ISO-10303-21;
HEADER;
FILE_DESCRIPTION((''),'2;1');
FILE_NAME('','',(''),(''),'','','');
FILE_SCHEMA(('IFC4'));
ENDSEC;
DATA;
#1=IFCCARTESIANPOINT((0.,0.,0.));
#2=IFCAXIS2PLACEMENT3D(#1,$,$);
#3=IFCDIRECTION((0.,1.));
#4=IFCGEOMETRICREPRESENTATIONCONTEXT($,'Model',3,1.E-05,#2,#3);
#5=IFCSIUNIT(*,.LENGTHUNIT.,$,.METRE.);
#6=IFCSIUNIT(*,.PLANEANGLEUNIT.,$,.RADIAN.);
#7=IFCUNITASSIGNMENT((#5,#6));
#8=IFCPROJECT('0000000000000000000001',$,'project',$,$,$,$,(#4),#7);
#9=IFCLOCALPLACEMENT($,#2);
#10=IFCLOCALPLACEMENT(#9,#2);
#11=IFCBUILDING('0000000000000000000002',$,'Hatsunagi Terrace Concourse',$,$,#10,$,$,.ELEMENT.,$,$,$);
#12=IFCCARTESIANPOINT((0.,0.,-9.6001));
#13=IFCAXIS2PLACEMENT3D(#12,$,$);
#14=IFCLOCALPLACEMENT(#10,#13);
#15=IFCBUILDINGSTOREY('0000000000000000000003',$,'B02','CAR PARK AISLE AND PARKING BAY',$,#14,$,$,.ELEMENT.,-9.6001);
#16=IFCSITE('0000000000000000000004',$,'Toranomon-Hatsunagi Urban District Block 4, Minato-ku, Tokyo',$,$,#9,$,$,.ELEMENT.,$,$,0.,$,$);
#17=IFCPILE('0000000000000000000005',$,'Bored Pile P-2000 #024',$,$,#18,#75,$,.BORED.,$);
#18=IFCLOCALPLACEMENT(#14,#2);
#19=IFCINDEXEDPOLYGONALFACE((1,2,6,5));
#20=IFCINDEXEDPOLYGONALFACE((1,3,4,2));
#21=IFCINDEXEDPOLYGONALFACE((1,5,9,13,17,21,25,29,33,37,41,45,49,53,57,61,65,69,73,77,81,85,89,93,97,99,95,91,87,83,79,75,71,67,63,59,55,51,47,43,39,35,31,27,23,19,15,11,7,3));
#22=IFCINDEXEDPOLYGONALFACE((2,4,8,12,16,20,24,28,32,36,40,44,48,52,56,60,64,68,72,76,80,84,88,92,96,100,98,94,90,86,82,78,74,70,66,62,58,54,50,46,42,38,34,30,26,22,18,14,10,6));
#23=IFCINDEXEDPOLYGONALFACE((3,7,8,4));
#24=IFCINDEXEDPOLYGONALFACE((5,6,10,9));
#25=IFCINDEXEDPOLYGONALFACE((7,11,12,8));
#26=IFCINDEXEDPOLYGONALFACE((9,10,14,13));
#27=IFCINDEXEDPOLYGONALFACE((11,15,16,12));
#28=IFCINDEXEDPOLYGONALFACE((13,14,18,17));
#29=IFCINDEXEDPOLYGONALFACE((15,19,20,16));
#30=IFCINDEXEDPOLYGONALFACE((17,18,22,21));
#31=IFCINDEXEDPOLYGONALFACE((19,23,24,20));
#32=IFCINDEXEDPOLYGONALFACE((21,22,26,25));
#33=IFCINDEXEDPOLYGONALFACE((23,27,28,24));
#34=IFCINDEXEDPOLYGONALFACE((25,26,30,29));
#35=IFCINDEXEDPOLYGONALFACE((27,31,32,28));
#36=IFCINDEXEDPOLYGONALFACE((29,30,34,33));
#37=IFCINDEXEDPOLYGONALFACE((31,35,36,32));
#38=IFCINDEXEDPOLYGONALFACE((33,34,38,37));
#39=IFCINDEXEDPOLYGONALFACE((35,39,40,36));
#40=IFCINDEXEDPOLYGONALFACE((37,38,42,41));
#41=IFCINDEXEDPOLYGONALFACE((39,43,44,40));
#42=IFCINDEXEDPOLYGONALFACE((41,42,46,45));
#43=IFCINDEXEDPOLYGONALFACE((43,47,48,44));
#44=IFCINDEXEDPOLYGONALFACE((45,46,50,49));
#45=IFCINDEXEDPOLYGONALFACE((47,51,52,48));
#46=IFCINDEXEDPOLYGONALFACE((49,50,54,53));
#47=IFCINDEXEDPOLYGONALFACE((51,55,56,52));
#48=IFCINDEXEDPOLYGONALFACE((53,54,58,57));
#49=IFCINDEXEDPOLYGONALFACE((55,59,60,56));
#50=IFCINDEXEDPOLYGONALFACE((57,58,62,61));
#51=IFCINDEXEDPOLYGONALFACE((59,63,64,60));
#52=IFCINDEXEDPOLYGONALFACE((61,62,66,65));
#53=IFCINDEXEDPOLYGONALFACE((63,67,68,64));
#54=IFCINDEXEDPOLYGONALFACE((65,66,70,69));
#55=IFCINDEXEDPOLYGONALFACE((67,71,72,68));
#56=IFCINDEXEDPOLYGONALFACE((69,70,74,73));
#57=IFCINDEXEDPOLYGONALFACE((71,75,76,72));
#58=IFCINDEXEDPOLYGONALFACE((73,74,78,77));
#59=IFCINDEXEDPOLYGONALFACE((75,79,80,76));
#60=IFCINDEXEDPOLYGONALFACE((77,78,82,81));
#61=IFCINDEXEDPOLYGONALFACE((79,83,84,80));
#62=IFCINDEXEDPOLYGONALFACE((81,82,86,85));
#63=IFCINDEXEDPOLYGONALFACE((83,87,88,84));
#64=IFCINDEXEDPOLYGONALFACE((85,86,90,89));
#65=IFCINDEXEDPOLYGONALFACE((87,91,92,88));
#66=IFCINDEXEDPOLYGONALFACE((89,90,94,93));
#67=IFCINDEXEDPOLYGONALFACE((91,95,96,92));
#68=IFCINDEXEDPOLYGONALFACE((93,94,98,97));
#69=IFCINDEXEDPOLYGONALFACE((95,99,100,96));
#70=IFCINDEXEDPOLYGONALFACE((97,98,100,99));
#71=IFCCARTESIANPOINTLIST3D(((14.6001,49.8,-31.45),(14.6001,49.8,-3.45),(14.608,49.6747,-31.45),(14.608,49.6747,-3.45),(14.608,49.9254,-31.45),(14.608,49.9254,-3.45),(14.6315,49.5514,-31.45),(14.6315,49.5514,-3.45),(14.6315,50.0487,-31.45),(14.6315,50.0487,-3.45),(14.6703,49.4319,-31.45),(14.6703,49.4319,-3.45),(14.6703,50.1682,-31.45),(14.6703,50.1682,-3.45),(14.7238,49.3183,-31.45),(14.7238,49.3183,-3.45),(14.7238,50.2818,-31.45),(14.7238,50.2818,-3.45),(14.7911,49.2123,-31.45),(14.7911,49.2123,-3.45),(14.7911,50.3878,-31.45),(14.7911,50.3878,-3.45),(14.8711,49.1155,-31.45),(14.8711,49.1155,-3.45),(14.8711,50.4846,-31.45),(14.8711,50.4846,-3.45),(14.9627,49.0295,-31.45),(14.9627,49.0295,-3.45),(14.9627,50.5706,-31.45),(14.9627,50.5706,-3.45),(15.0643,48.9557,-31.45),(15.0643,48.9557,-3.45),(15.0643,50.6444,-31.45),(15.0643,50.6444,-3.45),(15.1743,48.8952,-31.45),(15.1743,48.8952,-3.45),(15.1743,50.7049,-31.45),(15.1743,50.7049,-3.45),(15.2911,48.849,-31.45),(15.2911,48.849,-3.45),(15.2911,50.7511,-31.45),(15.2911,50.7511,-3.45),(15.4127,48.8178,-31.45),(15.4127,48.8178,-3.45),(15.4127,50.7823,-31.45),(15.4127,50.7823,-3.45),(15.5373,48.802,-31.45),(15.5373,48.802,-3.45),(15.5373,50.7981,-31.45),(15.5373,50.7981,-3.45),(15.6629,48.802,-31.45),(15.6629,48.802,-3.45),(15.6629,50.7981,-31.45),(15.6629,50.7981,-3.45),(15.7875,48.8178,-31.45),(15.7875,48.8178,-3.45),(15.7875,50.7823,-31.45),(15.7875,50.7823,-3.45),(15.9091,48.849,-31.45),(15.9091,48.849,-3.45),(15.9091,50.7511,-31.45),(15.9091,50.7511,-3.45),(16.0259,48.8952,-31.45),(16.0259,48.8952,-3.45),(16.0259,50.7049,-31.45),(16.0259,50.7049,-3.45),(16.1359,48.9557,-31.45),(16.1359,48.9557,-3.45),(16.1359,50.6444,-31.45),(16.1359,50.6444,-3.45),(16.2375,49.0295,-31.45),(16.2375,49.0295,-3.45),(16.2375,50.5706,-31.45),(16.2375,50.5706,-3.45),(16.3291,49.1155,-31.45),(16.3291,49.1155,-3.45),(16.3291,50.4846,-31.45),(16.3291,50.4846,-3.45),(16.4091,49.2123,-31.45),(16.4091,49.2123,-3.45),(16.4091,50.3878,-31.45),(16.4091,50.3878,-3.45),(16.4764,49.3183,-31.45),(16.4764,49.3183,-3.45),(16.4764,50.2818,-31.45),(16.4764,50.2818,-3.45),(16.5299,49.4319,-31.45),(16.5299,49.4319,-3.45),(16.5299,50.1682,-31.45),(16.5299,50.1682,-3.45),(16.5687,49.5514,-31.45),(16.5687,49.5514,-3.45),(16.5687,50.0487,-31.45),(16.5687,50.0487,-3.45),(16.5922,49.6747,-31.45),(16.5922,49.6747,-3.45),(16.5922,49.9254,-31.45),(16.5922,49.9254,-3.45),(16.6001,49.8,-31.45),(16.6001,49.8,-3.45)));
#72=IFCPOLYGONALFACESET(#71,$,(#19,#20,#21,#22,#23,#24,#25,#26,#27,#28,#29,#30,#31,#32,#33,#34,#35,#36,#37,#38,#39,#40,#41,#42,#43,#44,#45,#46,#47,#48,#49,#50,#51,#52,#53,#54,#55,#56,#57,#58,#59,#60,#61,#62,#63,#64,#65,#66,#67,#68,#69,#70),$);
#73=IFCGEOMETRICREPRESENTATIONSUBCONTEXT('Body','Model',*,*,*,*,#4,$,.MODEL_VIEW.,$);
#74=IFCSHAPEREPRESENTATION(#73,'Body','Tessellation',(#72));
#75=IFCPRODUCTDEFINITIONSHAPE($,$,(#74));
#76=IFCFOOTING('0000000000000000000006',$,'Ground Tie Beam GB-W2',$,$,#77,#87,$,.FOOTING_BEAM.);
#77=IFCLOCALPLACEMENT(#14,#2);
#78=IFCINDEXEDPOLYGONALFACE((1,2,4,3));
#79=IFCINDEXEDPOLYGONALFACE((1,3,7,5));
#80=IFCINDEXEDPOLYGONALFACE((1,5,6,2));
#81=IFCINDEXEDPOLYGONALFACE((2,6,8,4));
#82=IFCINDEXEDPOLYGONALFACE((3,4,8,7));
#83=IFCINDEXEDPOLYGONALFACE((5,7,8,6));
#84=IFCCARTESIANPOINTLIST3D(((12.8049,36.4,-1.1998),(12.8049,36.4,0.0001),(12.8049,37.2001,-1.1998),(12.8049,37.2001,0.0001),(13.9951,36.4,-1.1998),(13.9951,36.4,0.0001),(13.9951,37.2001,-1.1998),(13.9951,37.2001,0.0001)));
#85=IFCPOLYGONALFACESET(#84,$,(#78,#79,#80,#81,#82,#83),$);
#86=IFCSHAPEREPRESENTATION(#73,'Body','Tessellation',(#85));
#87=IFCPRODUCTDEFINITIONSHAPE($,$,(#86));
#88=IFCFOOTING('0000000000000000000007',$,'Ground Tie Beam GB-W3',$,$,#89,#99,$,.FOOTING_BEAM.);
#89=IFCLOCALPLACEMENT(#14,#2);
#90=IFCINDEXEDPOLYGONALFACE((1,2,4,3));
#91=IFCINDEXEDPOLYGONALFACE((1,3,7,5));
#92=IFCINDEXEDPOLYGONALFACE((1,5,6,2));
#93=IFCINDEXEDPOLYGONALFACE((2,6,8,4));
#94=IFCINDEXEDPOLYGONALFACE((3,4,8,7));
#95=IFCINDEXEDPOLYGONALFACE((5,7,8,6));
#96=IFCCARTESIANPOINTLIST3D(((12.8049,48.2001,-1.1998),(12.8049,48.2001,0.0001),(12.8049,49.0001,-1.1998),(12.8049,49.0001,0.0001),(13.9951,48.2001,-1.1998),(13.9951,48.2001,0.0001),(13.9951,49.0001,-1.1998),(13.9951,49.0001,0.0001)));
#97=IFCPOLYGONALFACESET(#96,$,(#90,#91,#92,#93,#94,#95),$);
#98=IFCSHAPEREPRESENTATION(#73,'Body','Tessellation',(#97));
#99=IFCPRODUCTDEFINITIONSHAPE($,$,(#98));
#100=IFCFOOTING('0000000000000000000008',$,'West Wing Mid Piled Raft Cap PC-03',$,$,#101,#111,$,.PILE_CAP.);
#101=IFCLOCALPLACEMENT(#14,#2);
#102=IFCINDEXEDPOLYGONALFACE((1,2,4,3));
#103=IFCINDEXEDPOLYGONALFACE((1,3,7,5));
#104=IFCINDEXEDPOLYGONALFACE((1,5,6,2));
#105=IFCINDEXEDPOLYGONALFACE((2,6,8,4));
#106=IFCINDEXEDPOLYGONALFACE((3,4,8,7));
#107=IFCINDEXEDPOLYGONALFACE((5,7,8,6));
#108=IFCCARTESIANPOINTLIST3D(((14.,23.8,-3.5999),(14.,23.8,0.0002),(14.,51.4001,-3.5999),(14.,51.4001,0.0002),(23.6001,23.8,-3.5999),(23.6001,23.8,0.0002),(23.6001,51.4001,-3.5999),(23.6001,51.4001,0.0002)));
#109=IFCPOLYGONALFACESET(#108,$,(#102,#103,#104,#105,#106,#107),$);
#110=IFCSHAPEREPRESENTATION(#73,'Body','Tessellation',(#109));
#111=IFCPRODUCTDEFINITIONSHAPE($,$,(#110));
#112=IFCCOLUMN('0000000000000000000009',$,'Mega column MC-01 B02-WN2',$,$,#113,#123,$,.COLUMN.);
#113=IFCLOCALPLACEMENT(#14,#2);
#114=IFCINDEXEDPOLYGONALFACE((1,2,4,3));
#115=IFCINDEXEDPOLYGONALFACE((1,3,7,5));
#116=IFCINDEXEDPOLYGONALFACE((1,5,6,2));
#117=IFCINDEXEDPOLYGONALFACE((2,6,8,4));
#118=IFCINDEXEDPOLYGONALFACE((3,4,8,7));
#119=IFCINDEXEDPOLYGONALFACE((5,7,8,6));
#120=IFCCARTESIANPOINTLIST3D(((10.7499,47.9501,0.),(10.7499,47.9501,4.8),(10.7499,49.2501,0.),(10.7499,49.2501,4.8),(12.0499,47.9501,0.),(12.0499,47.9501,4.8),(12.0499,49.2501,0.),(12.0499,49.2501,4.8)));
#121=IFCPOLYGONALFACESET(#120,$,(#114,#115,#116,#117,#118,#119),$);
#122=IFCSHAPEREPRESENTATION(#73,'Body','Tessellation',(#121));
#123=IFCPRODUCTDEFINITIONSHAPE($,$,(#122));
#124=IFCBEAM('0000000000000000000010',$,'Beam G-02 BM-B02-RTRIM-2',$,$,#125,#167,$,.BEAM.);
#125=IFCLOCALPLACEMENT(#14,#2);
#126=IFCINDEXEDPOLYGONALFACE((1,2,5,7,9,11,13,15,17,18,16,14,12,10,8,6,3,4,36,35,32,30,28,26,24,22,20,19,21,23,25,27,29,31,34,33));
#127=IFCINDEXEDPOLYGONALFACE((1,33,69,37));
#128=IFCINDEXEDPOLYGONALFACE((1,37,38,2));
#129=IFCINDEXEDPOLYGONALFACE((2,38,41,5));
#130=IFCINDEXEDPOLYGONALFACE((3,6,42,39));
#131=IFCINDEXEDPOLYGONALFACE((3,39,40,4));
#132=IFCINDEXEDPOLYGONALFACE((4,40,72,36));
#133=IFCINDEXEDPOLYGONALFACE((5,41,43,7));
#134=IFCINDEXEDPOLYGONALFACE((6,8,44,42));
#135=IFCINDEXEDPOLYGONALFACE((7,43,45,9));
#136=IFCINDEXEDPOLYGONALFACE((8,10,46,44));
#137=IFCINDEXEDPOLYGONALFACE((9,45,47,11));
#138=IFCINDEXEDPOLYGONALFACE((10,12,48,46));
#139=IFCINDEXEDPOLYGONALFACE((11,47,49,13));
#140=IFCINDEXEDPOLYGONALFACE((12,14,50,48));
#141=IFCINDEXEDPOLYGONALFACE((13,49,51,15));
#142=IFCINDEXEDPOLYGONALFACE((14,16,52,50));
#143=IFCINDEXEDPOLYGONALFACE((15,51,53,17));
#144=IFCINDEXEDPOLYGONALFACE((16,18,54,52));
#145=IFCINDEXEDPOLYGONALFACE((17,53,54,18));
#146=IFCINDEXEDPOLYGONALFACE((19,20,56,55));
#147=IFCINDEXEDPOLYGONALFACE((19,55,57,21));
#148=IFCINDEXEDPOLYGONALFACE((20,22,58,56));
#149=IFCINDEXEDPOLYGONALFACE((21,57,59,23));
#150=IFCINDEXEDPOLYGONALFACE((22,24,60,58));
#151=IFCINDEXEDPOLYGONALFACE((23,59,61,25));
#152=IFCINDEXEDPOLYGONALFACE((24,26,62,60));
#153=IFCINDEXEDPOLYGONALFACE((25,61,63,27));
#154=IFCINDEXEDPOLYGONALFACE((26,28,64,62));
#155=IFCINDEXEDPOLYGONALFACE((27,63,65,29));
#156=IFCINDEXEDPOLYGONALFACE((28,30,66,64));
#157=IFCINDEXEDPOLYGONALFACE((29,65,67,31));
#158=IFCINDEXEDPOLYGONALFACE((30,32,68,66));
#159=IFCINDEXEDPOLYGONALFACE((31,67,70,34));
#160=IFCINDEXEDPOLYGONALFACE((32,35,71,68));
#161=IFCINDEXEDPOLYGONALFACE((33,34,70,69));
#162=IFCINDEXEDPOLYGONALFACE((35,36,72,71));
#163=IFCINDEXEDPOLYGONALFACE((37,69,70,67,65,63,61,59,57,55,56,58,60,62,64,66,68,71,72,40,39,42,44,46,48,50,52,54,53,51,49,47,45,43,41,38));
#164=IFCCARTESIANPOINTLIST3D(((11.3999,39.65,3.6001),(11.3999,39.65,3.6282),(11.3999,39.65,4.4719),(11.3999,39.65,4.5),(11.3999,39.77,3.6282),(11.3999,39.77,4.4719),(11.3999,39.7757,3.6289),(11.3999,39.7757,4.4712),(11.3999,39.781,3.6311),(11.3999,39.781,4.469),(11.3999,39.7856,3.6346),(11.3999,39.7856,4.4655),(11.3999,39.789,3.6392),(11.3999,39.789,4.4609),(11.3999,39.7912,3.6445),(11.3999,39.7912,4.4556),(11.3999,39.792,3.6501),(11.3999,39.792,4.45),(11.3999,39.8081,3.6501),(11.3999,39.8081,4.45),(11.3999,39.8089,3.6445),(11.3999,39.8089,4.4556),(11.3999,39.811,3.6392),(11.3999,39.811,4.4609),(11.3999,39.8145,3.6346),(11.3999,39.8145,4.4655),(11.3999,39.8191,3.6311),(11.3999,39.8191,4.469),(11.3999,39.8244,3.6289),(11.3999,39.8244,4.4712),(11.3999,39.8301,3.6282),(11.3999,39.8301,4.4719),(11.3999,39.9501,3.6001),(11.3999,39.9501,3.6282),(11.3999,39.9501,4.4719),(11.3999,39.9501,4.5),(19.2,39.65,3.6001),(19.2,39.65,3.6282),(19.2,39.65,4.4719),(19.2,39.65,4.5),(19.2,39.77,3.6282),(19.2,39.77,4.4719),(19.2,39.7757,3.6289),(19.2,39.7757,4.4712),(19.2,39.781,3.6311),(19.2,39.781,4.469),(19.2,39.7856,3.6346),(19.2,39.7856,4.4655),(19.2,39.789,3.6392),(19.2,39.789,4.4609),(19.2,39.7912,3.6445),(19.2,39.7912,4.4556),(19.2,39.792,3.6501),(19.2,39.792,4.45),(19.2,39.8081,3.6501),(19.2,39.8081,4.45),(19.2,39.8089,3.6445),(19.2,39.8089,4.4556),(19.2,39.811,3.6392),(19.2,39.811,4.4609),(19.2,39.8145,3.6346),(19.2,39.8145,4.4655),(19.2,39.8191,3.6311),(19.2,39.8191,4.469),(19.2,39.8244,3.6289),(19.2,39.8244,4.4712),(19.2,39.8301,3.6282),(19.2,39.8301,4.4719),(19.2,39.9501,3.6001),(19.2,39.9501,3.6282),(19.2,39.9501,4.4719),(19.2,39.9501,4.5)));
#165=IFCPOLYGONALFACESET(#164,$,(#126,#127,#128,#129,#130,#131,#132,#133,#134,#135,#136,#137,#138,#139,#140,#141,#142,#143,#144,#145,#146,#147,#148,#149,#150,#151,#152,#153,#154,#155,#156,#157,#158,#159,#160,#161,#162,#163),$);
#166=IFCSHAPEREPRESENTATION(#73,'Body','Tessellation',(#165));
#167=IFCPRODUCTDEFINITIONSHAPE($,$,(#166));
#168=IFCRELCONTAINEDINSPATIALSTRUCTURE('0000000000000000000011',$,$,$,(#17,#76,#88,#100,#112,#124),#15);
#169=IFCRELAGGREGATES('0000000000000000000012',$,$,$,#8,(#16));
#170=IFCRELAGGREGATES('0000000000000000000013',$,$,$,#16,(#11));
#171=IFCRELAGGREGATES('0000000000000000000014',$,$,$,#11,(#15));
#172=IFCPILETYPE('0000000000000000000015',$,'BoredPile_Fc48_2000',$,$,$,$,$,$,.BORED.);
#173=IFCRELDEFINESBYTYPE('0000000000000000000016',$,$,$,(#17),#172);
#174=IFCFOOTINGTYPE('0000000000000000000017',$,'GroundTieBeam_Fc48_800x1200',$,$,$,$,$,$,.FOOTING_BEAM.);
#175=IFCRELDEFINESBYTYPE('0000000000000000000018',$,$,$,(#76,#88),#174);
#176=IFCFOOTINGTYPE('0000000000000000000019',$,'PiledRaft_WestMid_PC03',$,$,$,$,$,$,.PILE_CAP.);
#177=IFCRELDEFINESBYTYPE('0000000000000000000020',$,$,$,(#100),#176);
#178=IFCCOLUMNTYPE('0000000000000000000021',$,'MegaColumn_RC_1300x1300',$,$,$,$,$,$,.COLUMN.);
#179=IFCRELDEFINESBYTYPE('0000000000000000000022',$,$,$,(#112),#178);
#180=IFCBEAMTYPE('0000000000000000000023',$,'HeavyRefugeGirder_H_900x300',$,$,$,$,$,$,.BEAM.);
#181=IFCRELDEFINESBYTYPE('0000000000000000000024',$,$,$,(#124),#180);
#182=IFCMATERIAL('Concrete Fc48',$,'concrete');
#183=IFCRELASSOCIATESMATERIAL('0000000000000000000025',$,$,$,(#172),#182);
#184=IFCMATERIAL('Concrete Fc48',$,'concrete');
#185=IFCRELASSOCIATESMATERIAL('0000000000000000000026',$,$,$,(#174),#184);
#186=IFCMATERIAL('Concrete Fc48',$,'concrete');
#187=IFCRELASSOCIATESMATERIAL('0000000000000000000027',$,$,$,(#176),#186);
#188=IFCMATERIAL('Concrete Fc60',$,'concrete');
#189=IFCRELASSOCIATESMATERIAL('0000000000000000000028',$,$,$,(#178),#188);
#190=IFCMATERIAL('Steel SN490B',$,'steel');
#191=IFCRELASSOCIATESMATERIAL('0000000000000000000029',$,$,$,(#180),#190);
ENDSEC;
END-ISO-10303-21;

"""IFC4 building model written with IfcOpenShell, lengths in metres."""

from ifc_helpers import new_model, si_unit, direction, frame, origin, origin_2d, place, context, subcontext, project, spatial, rectangle, circle, i_section, extrude, material, material_profile, profile_set, type_object, element, save


model = new_model("IFC4")

# Units and contexts
model_context = context("Model", 3, precision=1e-05, world=origin(), true_north=direction((0.0, 1.0)))
body_context = subcontext(model_context, "Body", "Model", "MODEL_VIEW")
ifc_project = project(units=[si_unit("LENGTHUNIT", "METRE"), si_unit("PLANEANGLEUNIT", "RADIAN")], contexts=[model_context])

# Site, building, storey
site_placement = place(None, origin())
site = spatial("IfcSite", under=ifc_project, at=site_placement, Name="Toranomon-Hatsunagi Urban District Block 4, Minato-ku, Tokyo", CompositionType="ELEMENT", RefElevation=0.0)
building_placement = place(site_placement, origin())
building = spatial("IfcBuilding", under=site, at=building_placement, Name="Hatsunagi Terrace Concourse", CompositionType="ELEMENT")
storey_placement = place(building_placement, frame((0.0, 0.0, -9.6001)))
storey = spatial("IfcBuildingStorey", under=building, at=storey_placement, Name="B02", Description="CAR PARK AISLE AND PARKING BAY", CompositionType="ELEMENT", Elevation=-9.6001)

# Pile
ifc_material_1 = material(Name="Concrete Fc48", Category="concrete")
ifc_material_profile_1 = material_profile(ifc_material_1, circle(Radius=1.0, at=origin_2d()), Name="PILE-2000")
ifc_profile_set_1 = profile_set([ifc_material_profile_1], Name="Concrete Fc48")
pile_type_1 = type_object("IfcPileType", Name="BoredPile_Fc48_2000", PredefinedType="BORED", material=ifc_profile_set_1)
for number, where, z_axis, x_axis, name in (
    (1, (15.6001, 49.8, -3.45), (0.0, 0.0, -1.0), (1.0, 0.0, 0.0), "Bored Pile P-2000 #024"),
):
    element("IfcPile", number, at=place(storey_placement, frame(where, z_axis=z_axis, x_axis=x_axis)), inside=storey, type_object=pile_type_1, Name=name, PredefinedType="BORED", context=body_context, shape_type="SweptSolid", body=[
        extrude(circle(Radius=1.0, at=origin_2d()), origin(), (0.0, 0.0, 1.0), 28.0),
    ])

# Footings
ifc_material_2 = material(Name="Concrete Fc48", Category="concrete")
ifc_material_profile_2 = material_profile(ifc_material_2, rectangle(XDim=0.8, YDim=1.2, at=origin_2d()), Name="RC-800x1200")
ifc_profile_set_2 = profile_set([ifc_material_profile_2], Name="Concrete Fc48")
footing_type_1 = type_object("IfcFootingType", Name="GroundTieBeam_Fc48_800x1200", PredefinedType="FOOTING_BEAM", material=ifc_profile_set_2)
for number, where, z_axis, x_axis, name in (
    (2, (12.8049, 36.8, -0.5999), (1.0, 0.0, 0.0), (0.0, 1.0, 0.0), "Ground Tie Beam GB-W2"),
    (3, (12.8049, 48.6001, -0.5999), (1.0, 0.0, 0.0), (0.0, 1.0, 0.0), "Ground Tie Beam GB-W3"),
):
    element("IfcFooting", number, at=place(storey_placement, frame(where, z_axis=z_axis, x_axis=x_axis)), inside=storey, type_object=footing_type_1, Name=name, PredefinedType="FOOTING_BEAM", context=body_context, shape_type="SweptSolid", body=[
        extrude(rectangle(XDim=0.8, YDim=1.2, at=origin_2d()), origin(), (0.0, 0.0, 1.0), 1.1902),
    ])
ifc_material_3 = material(Name="Concrete Fc48", Category="concrete")
footing_type_2 = type_object("IfcFootingType", Name="PiledRaft_WestMid_PC03", PredefinedType="PILE_CAP", material=ifc_material_3)
footing_placement = place(storey_placement, frame((18.8, 37.6001, -3.5999), z_axis=(0.0, 0.0, 1.0), x_axis=(1.0, 0.0, 0.0)))
element("IfcFooting", 4, at=footing_placement, inside=storey, type_object=footing_type_2, Name="West Wing Mid Piled Raft Cap PC-03", PredefinedType="PILE_CAP", context=body_context, shape_type="SweptSolid", body=[
    extrude(rectangle(XDim=9.6001, YDim=27.6001, at=origin_2d()), origin(), (0.0, 0.0, 1.0), 3.6001),
])

# Column
ifc_material_4 = material(Name="Concrete Fc60", Category="concrete")
ifc_material_profile_3 = material_profile(ifc_material_4, rectangle(XDim=1.3, YDim=1.3, at=origin_2d()), Name="RC-1300x1300")
ifc_profile_set_3 = profile_set([ifc_material_profile_3], Name="Concrete Fc60")
column_type = type_object("IfcColumnType", Name="MegaColumn_RC_1300x1300", PredefinedType="COLUMN", material=ifc_profile_set_3)
column_placement = place(storey_placement, frame((11.3999, 48.6001, 0.0), z_axis=(0.0, 0.0, 1.0), x_axis=(1.0, 0.0, 0.0)))
element("IfcColumn", 5, at=column_placement, inside=storey, type_object=column_type, Name="Mega column MC-01 B02-WN2", PredefinedType="COLUMN", context=body_context, shape_type="SweptSolid", body=[
    extrude(rectangle(XDim=1.3, YDim=1.3, at=origin_2d()), origin(), (0.0, 0.0, 1.0), 4.8),
])

# Beam
ifc_material_5 = material(Name="Steel SN490B", Category="steel")
ifc_material_profile_4 = material_profile(ifc_material_5, i_section(OverallWidth=0.3, OverallDepth=0.8999, WebThickness=0.0161, FlangeThickness=0.0281, FilletRadius=0.022, at=origin_2d()), Name="H-900x300x16x28")
ifc_profile_set_4 = profile_set([ifc_material_profile_4], Name="Steel SN490B")
beam_type = type_object("IfcBeamType", Name="HeavyRefugeGirder_H_900x300", PredefinedType="BEAM", material=ifc_profile_set_4)
beam_1_placement = place(storey_placement, frame((11.3999, 39.8, 4.05), z_axis=(1.0, 0.0, 0.0), x_axis=(0.0, 1.0, 0.0)))
element("IfcBeam", 6, at=beam_1_placement, inside=storey, type_object=beam_type, Name="Beam G-02 BM-B02-RTRIM-2", PredefinedType="BEAM", context=body_context, shape_type="SweptSolid", body=[
    extrude(i_section(OverallWidth=0.3, OverallDepth=0.8999, WebThickness=0.0161, FlangeThickness=0.0281, FilletRadius=0.022, at=origin_2d()), origin(), (0.0, 0.0, 1.0), 7.8),
])

save(model, "model.ifc")
